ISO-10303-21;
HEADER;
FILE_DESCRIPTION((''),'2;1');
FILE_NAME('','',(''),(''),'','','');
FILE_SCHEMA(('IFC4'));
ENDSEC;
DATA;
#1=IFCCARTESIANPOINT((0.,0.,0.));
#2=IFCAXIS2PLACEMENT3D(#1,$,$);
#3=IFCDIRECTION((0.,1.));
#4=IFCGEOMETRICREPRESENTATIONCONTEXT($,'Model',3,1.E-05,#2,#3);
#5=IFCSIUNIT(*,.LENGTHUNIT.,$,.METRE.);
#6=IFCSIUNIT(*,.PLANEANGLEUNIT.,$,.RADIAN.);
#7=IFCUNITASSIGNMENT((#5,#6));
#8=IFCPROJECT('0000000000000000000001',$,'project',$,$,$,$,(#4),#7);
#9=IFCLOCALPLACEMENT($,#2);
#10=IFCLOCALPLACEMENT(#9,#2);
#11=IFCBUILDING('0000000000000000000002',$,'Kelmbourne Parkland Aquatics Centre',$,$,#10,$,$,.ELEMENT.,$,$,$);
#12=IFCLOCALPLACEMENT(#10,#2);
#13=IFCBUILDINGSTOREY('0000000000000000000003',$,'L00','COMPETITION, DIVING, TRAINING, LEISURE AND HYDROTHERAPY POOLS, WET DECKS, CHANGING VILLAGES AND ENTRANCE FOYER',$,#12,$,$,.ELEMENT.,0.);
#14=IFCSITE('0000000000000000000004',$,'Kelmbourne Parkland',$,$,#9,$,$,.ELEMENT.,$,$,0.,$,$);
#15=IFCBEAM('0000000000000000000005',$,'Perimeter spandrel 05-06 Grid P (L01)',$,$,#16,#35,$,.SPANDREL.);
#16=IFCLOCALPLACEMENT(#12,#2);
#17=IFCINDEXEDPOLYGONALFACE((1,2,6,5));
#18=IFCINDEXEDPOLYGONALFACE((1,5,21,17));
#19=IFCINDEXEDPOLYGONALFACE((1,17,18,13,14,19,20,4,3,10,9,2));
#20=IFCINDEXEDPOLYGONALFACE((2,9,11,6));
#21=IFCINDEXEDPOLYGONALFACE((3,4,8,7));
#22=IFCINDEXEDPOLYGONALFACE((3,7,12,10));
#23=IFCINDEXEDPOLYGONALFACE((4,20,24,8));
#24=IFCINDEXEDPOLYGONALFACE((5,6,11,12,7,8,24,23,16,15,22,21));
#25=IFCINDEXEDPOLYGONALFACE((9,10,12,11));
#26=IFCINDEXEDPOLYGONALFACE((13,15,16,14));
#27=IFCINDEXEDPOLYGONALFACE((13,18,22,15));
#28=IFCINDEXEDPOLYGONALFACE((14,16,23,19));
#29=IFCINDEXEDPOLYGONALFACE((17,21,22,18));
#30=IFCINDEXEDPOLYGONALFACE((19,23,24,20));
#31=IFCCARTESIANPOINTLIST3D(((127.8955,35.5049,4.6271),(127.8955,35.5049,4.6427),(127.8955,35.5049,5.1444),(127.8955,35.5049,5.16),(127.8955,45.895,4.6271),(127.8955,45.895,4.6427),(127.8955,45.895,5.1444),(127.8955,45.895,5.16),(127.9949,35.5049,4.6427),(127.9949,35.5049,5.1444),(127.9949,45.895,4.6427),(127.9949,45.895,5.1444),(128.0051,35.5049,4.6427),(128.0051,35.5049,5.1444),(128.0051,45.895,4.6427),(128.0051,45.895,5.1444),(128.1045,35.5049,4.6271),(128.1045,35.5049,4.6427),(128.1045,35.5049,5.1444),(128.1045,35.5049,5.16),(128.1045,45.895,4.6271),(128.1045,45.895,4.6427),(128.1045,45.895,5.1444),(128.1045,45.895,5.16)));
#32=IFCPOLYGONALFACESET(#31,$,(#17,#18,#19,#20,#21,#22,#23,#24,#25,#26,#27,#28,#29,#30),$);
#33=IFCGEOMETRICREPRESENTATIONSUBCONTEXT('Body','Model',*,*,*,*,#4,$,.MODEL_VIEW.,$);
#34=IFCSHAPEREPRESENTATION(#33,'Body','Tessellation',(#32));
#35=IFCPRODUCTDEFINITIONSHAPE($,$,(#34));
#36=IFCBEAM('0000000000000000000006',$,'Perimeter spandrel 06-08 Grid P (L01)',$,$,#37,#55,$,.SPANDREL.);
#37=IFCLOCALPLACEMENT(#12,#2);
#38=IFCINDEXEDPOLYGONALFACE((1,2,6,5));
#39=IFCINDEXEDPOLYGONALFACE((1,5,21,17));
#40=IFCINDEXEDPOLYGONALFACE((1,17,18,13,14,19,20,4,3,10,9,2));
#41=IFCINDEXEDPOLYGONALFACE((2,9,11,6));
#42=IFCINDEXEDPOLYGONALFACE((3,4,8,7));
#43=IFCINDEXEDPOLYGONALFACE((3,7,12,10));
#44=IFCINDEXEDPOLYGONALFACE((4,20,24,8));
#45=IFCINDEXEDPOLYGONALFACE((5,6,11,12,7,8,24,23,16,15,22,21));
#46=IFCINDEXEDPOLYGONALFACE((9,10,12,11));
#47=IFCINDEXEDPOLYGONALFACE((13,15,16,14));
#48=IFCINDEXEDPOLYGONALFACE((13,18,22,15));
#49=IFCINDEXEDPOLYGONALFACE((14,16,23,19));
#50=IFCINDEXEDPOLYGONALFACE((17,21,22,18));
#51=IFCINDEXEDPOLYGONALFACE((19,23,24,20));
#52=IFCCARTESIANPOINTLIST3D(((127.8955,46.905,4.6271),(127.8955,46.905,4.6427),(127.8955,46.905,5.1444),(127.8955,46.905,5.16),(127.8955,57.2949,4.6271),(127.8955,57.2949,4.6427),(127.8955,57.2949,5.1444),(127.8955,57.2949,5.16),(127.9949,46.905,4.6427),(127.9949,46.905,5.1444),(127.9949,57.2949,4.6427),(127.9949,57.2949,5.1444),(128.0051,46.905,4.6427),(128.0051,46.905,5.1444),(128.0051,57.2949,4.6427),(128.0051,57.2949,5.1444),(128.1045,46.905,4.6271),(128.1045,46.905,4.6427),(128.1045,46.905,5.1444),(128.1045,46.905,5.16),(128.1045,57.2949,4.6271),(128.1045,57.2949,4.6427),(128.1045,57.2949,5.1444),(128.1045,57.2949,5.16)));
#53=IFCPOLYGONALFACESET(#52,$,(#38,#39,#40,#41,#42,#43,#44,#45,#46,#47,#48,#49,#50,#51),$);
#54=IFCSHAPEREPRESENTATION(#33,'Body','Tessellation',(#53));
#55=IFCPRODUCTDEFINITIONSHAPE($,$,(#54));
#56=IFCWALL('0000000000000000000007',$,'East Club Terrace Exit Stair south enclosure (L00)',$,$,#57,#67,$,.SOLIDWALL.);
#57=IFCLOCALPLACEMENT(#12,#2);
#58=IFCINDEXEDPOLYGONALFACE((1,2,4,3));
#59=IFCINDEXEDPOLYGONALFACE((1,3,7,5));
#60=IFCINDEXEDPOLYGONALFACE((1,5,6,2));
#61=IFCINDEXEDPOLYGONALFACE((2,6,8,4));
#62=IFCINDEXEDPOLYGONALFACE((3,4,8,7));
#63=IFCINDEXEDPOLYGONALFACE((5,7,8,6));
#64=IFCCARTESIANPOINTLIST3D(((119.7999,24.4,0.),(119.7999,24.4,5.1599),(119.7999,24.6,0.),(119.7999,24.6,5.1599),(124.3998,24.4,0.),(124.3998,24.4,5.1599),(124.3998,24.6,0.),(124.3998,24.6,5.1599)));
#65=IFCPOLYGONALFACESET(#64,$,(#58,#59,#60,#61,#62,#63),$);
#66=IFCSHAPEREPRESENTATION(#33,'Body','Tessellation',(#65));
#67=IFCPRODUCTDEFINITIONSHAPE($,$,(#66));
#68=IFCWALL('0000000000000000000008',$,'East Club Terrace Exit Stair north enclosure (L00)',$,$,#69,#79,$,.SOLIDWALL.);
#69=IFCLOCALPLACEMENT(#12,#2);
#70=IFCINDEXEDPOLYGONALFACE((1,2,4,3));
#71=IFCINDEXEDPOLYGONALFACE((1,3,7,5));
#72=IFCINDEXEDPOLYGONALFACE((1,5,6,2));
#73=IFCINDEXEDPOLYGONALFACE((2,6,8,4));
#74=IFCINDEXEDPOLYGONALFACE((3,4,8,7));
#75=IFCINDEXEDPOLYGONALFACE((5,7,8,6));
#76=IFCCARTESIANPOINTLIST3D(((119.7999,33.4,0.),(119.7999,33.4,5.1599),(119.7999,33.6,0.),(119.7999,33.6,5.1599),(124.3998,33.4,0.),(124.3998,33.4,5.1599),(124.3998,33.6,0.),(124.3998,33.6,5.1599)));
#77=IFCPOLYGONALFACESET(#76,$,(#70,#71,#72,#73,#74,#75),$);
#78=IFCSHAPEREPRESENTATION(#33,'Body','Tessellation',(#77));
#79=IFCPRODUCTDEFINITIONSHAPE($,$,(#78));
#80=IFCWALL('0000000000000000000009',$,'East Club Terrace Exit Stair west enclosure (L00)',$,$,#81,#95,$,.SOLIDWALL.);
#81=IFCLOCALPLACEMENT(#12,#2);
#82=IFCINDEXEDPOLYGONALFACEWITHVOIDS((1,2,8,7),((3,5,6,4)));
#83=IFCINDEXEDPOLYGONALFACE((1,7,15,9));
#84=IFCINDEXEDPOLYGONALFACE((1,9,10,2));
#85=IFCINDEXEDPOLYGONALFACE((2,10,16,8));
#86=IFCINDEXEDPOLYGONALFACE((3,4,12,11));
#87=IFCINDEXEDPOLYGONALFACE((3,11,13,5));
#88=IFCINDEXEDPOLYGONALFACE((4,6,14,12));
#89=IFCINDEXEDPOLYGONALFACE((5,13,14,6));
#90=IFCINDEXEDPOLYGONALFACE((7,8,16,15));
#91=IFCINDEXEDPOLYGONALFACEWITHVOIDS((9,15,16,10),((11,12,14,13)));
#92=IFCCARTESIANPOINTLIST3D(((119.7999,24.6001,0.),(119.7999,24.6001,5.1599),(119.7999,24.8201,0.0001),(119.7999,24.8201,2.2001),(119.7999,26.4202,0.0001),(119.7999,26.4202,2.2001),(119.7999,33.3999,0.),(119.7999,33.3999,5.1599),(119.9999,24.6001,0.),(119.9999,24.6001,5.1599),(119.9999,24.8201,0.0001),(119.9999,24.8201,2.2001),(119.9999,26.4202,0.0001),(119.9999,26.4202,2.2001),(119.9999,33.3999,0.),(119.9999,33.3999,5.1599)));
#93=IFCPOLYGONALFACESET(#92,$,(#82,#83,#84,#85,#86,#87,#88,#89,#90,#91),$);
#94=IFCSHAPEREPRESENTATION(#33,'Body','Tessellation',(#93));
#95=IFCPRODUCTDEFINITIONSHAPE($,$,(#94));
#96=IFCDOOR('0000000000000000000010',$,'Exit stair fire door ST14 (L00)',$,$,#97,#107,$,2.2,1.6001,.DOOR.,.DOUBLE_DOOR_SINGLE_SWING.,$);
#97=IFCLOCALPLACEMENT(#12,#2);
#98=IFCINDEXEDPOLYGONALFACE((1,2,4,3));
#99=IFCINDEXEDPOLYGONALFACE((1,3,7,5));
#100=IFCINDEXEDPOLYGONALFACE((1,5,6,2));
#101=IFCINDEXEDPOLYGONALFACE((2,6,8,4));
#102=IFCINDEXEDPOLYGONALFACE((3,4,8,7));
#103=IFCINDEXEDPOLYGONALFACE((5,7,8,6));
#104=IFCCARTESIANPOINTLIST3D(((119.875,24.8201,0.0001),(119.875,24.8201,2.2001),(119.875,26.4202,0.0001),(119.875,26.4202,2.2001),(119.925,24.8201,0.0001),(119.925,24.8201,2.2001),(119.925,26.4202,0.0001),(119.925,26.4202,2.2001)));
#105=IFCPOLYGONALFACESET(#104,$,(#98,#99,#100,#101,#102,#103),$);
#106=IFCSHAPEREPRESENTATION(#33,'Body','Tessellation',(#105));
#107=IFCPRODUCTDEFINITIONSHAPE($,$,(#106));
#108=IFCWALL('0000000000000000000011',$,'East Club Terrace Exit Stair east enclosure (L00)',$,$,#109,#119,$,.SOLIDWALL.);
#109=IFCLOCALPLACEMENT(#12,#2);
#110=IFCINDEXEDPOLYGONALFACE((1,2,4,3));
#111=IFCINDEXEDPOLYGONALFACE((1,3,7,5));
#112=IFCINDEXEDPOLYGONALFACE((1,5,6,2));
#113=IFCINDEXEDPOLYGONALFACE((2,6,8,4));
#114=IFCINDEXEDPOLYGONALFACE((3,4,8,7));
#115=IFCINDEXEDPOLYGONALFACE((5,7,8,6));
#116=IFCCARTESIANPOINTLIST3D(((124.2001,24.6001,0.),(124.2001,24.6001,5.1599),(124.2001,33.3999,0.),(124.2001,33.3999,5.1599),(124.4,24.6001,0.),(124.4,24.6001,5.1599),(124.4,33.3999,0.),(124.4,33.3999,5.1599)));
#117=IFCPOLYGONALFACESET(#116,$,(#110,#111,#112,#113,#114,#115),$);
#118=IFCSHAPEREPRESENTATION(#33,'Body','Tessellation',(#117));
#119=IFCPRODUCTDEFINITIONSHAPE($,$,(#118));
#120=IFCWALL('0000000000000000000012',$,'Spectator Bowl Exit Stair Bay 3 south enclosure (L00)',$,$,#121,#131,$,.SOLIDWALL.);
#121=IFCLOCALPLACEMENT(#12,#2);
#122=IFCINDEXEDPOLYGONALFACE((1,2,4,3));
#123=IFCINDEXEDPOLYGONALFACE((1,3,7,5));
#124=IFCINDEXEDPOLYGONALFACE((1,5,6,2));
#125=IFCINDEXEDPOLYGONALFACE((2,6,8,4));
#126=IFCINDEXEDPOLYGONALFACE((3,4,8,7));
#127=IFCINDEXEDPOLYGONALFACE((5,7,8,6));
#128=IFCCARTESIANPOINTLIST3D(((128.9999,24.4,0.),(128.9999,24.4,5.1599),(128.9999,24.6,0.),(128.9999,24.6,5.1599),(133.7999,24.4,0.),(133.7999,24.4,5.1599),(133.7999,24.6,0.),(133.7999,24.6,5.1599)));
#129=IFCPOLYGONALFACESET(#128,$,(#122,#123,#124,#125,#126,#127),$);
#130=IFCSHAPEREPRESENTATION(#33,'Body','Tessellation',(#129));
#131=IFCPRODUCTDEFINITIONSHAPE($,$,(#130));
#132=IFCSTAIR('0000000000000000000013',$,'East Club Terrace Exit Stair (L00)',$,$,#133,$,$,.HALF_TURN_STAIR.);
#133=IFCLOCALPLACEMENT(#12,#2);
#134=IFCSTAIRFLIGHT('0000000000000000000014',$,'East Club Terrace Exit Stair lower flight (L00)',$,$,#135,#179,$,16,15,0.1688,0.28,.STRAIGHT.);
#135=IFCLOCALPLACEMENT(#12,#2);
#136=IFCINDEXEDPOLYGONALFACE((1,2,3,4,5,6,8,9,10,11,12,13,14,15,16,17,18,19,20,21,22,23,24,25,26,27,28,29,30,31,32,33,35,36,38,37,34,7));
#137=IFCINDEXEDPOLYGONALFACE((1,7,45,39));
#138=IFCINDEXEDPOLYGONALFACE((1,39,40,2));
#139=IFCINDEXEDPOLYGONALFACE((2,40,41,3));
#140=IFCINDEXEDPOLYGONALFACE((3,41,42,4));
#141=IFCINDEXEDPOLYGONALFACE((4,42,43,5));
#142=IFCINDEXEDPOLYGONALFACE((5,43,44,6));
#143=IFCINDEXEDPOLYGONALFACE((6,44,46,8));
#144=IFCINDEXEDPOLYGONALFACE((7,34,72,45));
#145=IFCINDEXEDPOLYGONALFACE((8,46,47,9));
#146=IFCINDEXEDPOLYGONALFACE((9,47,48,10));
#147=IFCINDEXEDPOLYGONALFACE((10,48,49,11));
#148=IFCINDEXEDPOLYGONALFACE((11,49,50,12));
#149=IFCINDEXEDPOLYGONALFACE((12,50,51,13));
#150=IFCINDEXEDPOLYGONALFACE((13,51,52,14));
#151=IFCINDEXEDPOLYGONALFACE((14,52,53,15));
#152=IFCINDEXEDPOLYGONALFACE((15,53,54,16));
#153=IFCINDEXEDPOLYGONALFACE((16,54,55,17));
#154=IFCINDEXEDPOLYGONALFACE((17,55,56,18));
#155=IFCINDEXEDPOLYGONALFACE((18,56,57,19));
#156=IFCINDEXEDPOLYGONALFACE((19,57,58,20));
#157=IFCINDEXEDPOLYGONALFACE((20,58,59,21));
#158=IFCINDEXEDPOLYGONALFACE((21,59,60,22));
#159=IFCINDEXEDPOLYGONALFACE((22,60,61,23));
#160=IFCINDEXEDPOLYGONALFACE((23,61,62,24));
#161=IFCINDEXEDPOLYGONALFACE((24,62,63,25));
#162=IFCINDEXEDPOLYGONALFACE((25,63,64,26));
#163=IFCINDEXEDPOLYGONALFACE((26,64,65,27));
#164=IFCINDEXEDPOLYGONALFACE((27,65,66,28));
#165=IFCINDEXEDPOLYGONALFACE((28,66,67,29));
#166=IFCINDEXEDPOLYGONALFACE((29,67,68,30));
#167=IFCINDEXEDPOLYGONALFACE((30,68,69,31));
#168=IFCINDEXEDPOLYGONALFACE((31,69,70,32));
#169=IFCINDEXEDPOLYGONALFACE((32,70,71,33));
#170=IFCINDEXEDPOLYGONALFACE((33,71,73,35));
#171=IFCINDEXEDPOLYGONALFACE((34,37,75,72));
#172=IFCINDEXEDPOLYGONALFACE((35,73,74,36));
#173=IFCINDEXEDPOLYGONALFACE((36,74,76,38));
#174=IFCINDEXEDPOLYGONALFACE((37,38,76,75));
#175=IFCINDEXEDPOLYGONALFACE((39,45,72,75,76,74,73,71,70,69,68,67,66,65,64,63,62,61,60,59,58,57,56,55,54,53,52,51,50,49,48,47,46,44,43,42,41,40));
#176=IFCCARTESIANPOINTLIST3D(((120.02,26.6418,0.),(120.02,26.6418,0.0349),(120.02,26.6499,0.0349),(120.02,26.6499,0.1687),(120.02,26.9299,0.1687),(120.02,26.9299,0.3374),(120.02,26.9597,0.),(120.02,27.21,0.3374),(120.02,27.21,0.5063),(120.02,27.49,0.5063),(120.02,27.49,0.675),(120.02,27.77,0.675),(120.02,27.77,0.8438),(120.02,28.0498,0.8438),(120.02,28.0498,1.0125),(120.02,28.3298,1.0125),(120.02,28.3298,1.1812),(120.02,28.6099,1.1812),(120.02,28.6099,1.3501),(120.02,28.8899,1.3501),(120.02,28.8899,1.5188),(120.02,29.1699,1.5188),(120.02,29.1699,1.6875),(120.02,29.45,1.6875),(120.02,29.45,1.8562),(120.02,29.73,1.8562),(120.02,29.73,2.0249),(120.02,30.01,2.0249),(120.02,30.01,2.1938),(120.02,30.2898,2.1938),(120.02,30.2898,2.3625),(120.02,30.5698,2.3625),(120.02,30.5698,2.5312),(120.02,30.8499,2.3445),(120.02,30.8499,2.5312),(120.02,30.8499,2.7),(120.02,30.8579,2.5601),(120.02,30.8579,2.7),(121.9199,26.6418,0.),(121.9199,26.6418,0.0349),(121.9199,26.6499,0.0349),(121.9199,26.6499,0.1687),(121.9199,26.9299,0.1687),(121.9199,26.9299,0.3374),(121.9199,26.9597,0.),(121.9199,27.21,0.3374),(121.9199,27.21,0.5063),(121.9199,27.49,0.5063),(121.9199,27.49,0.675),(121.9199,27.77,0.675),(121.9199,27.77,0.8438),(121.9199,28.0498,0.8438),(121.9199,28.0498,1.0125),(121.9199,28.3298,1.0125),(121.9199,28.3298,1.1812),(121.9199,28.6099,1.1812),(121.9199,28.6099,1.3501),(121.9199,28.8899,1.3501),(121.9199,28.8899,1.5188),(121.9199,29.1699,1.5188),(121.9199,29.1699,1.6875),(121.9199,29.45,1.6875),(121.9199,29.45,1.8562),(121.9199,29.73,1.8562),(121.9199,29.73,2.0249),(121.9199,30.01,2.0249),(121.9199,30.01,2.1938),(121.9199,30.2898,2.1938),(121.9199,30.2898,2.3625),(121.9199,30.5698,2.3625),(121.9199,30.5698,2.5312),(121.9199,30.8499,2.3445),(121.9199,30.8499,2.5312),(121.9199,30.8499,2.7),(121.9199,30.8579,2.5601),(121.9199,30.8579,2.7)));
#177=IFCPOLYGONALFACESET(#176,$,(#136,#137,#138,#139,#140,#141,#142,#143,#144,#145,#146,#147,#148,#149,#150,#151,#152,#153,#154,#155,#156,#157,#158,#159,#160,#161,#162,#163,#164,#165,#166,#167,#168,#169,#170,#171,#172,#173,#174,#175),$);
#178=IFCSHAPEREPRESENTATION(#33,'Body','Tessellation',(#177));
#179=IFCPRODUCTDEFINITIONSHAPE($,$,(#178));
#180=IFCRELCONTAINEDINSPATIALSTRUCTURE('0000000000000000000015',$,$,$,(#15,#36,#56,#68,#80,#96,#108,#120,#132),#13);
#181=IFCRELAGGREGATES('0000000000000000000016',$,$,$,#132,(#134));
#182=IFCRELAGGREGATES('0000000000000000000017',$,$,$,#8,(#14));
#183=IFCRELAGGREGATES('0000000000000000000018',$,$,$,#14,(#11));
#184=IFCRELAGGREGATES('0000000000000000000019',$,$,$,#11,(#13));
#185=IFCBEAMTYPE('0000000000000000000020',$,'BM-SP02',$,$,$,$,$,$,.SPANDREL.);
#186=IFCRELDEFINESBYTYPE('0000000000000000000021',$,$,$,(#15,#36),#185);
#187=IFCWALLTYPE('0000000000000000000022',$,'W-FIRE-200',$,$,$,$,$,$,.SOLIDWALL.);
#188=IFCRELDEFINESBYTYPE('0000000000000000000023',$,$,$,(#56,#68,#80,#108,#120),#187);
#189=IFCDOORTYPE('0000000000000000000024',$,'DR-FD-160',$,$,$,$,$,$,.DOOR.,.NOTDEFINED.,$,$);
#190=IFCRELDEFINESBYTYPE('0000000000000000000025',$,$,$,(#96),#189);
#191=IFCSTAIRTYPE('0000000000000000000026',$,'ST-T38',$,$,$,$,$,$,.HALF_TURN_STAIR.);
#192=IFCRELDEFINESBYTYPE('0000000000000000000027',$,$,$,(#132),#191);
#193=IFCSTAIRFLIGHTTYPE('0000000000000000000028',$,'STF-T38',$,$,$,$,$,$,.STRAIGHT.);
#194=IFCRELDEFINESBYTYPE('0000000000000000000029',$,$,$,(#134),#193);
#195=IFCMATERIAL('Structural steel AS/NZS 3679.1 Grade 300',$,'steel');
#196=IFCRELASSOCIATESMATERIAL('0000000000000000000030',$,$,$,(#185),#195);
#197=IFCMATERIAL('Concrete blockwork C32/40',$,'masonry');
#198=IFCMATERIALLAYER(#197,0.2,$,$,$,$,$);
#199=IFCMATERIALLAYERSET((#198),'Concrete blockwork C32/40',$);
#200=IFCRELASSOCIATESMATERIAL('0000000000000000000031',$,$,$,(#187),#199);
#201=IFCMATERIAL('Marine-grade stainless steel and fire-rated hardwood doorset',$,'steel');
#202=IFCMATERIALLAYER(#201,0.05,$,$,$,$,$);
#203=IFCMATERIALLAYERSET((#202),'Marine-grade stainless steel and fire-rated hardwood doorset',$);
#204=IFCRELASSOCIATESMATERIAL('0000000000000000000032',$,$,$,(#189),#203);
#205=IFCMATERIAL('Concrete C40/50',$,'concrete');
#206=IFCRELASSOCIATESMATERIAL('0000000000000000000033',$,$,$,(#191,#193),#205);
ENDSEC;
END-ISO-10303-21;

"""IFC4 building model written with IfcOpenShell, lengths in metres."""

from ifc_helpers import new_model, si_unit, direction, frame, frame_2d, origin, origin_2d, place, context, subcontext, project, spatial, polyline, rectangle, i_section, outline, extrude, material, layer, layer_set, material_profile, profile_set, type_object, element, fill, aggregate, save


model = new_model("IFC4")

# Units and contexts
model_context = context("Model", 3, precision=1e-05, world=origin(), true_north=direction((0.0, 1.0)))
body_context = subcontext(model_context, "Body", "Model", "MODEL_VIEW")
ifc_project = project(units=[si_unit("LENGTHUNIT", "METRE"), si_unit("PLANEANGLEUNIT", "RADIAN")], contexts=[model_context])

# Site, building, storey
site_placement = place(None, origin())
site = spatial("IfcSite", under=ifc_project, at=site_placement, Name="Kelmbourne Parkland", CompositionType="ELEMENT", RefElevation=0.0)
building_placement = place(site_placement, origin())
building = spatial("IfcBuilding", under=site, at=building_placement, Name="Kelmbourne Parkland Aquatics Centre", CompositionType="ELEMENT")
storey_placement = place(building_placement, origin())
storey = spatial("IfcBuildingStorey", under=building, at=storey_placement, Name="L00", Description="COMPETITION, DIVING, TRAINING, LEISURE AND HYDROTHERAPY POOLS, WET DECKS, CHANGING VILLAGES AND ENTRANCE FOYER", CompositionType="ELEMENT", Elevation=0.0)

# Shared definitions
ifc_material_1 = material(Name="Concrete C40/50", Category="concrete")
ifc_material_2 = material(Name="Structural steel AS/NZS 3679.1 Grade 300", Category="steel")

# Beams
ifc_material_profile_1 = material_profile(ifc_material_2, i_section(OverallWidth=0.209, OverallDepth=0.533, WebThickness=0.0103, FlangeThickness=0.0156, at=origin_2d()), Name="530UB92.4")
ifc_profile_set_1 = profile_set([ifc_material_profile_1], Name="Structural steel AS/NZS 3679.1 Grade 300")
beam_type_1 = type_object("IfcBeamType", Name="BM-SP02", PredefinedType="SPANDREL", material=ifc_profile_set_1)
beam_1_placement = place(storey_placement, frame((128.0, 35.5049, 4.8936), z_axis=(0.0, 1.0, 0.0), x_axis=(-1.0, 0.0, 0.0)))
element("IfcBeam", 1, at=beam_1_placement, inside=storey, type_object=beam_type_1, Name="Perimeter spandrel 05-06 Grid P (L01)", PredefinedType="SPANDREL", context=body_context, shape_type="SweptSolid", body=[
    extrude(i_section(OverallWidth=0.209, OverallDepth=0.533, WebThickness=0.0103, FlangeThickness=0.0156, at=origin_2d()), origin(), (0.0, 0.0, 1.0), 10.3901),
])
beam_2_placement = place(storey_placement, frame((128.0, 46.905, 4.8936), z_axis=(0.0, 1.0, 0.0), x_axis=(-1.0, 0.0, 0.0)))
element("IfcBeam", 2, at=beam_2_placement, inside=storey, type_object=beam_type_1, Name="Perimeter spandrel 06-08 Grid P (L01)", PredefinedType="SPANDREL", context=body_context, shape_type="SweptSolid", body=[
    extrude(i_section(OverallWidth=0.209, OverallDepth=0.533, WebThickness=0.0103, FlangeThickness=0.0156, at=origin_2d()), origin(), (0.0, 0.0, 1.0), 10.3899),
])

# Walls
ifc_material_3 = material(Name="Concrete blockwork C32/40", Category="masonry")
ifc_layer_1 = layer(ifc_material_3, 0.2)
ifc_layer_set_1 = layer_set([ifc_layer_1], Name="Concrete blockwork C32/40")
wall_type = type_object("IfcWallType", Name="W-FIRE-200", PredefinedType="SOLIDWALL", material=ifc_layer_set_1)
for number, where, z_axis, x_axis, name in (
    (3, (119.8, 24.5, 0.0), (0.0, 0.0, 1.0), (1.0, 0.0, 0.0), "East Club Terrace Exit Stair south enclosure (L00)"),
    (4, (119.8, 33.5, 0.0), (0.0, 0.0, 1.0), (1.0, 0.0, 0.0), "East Club Terrace Exit Stair north enclosure (L00)"),
):
    element("IfcWall", number, at=place(storey_placement, frame(where, z_axis=z_axis, x_axis=x_axis)), inside=storey, type_object=wall_type, Name=name, PredefinedType="SOLIDWALL", context=body_context, shape_type="SweptSolid", body=[
        extrude(rectangle(XDim=4.5999, YDim=0.2, at=frame_2d((2.2998, 0.0))), origin(), (0.0, 0.0, 1.0), 5.1599),
    ])

# Wall, opening, door
wall_1_placement = place(storey_placement, frame((119.8999, 24.6001, 0.0), z_axis=(0.0, 0.0, 1.0), x_axis=(0.0, 1.0, 0.0)))
wall_1 = element("IfcWall", 5, at=wall_1_placement, inside=storey, type_object=wall_type, Name="East Club Terrace Exit Stair west enclosure (L00)", PredefinedType="SOLIDWALL", context=body_context, shape_type="SweptSolid", body=[
    extrude(rectangle(XDim=8.7998, YDim=0.2, at=frame_2d((4.3999, 0.0))), origin(), (0.0, 0.0, 1.0), 5.1599),
])
opening_placement = place(wall_1_placement, frame((0.22, 0.0, 0.0)))
opening = element("IfcOpeningElement", 6, at=opening_placement, cuts=wall_1, PredefinedType="OPENING", context=body_context, shape_type="SweptSolid", body=[
    extrude(rectangle(XDim=1.6001, YDim=2.2, at=frame_2d((0.8, 1.1001))), frame((0.0, 0.1118, 0.0), z_axis=(0.0, -1.0, 0.0), x_axis=(1.0, 0.0, 0.0)), (0.0, 0.0, 1.0), 0.2239),
])
ifc_material_4 = material(Name="Marine-grade stainless steel and fire-rated hardwood doorset", Category="steel")
ifc_layer_2 = layer(ifc_material_4, 0.05)
ifc_layer_set_2 = layer_set([ifc_layer_2], Name="Marine-grade stainless steel and fire-rated hardwood doorset")
door_type = type_object("IfcDoorType", Name="DR-FD-160", OperationType="NOTDEFINED", PredefinedType="DOOR", material=ifc_layer_set_2)
door_placement = place(opening_placement, origin())
door = element("IfcDoor", 7, at=door_placement, inside=storey, type_object=door_type, Name="Exit stair fire door ST14 (L00)", OperationType="DOUBLE_DOOR_SINGLE_SWING", OverallHeight=2.2, OverallWidth=1.6001, PredefinedType="DOOR", context=body_context, shape_type="SweptSolid", body=[
    extrude(rectangle(XDim=1.6001, YDim=2.2, at=frame_2d((0.8, 1.1001))), frame((0.0, 0.0249, 0.0), z_axis=(0.0, -1.0, 0.0), x_axis=(1.0, 0.0, 0.0)), (0.0, 0.0, 1.0), 0.05),
])
fill(opening, door)

# Walls
wall_2_placement = place(storey_placement, frame((124.3, 24.6001, 0.0), z_axis=(0.0, 0.0, 1.0), x_axis=(0.0, 1.0, 0.0)))
element("IfcWall", 8, at=wall_2_placement, inside=storey, type_object=wall_type, Name="East Club Terrace Exit Stair east enclosure (L00)", PredefinedType="SOLIDWALL", context=body_context, shape_type="SweptSolid", body=[
    extrude(rectangle(XDim=8.7998, YDim=0.2, at=frame_2d((4.3999, 0.0))), origin(), (0.0, 0.0, 1.0), 5.1599),
])
wall_3_placement = place(storey_placement, frame((129.0, 24.5, 0.0), z_axis=(0.0, 0.0, 1.0), x_axis=(1.0, 0.0, 0.0)))
element("IfcWall", 9, at=wall_3_placement, inside=storey, type_object=wall_type, Name="Spectator Bowl Exit Stair Bay 3 south enclosure (L00)", PredefinedType="SOLIDWALL", context=body_context, shape_type="SweptSolid", body=[
    extrude(rectangle(XDim=4.8, YDim=0.2, at=frame_2d((2.3999, 0.0))), origin(), (0.0, 0.0, 1.0), 5.1599),
])

# Stair, stair flight
stair_type = type_object("IfcStairType", Name="ST-T38", PredefinedType="HALF_TURN_STAIR", material=ifc_material_1)
stair_placement = place(storey_placement, origin())
stair = element("IfcStair", 10, at=stair_placement, inside=storey, type_object=stair_type, Name="East Club Terrace Exit Stair (L00)", PredefinedType="HALF_TURN_STAIR")
stair_flight_type = type_object("IfcStairFlightType", Name="STF-T38", PredefinedType="STRAIGHT", material=ifc_material_1)
stair_flight_1_placement = place(storey_placement, frame((120.97, 26.6499, 0.0), z_axis=(0.0, 0.0, 1.0), x_axis=(0.0, 1.0, 0.0)))
stair_flight_1 = element("IfcStairFlight", 11, at=stair_flight_1_placement, type_object=stair_flight_type, Name="East Club Terrace Exit Stair lower flight (L00)", NumberOfRisers=16, NumberOfTreads=15, PredefinedType="STRAIGHT", RiserHeight=0.1688, TreadLength=0.28, context=body_context, shape_type="SweptSolid", body=[
    extrude(outline(polyline([(-0.0081, 0.0), (-0.0081, 0.0349), (0.0, 0.0349), (0.0, 0.1687), (0.28, 0.1687), (0.28, 0.3374), (0.5601, 0.3374), (0.5601, 0.5063), (0.8401, 0.5063), (0.8401, 0.675), (1.1201, 0.675), (1.1201, 0.8438), (1.3999, 0.8438), (1.3999, 1.0125), (1.6799, 1.0125), (1.6799, 1.1812), (1.96, 1.1812), (1.96, 1.3501), (2.24, 1.3501), (2.24, 1.5188), (2.52, 1.5188), (2.52, 1.6875), (2.8, 1.6875), (2.8, 1.8562), (3.0801, 1.8562), (3.0801, 2.0249), (3.3601, 2.0249), (3.3601, 2.1938), (3.6399, 2.1938), (3.6399, 2.3625), (3.9199, 2.3625), (3.9199, 2.5312), (4.2, 2.5312), (4.2, 2.7), (4.208, 2.7), (4.208, 2.5601), (4.2, 2.3445), (0.3098, 0.0), (-0.0081, 0.0)])), frame((0.0, 0.95, 0.0), z_axis=(0.0, -1.0, 0.0), x_axis=(1.0, 0.0, 0.0)), (0.0, 0.0, 1.0), 1.8999),
])
aggregate(stair, [stair_flight_1])

save(model, "model.ifc")
